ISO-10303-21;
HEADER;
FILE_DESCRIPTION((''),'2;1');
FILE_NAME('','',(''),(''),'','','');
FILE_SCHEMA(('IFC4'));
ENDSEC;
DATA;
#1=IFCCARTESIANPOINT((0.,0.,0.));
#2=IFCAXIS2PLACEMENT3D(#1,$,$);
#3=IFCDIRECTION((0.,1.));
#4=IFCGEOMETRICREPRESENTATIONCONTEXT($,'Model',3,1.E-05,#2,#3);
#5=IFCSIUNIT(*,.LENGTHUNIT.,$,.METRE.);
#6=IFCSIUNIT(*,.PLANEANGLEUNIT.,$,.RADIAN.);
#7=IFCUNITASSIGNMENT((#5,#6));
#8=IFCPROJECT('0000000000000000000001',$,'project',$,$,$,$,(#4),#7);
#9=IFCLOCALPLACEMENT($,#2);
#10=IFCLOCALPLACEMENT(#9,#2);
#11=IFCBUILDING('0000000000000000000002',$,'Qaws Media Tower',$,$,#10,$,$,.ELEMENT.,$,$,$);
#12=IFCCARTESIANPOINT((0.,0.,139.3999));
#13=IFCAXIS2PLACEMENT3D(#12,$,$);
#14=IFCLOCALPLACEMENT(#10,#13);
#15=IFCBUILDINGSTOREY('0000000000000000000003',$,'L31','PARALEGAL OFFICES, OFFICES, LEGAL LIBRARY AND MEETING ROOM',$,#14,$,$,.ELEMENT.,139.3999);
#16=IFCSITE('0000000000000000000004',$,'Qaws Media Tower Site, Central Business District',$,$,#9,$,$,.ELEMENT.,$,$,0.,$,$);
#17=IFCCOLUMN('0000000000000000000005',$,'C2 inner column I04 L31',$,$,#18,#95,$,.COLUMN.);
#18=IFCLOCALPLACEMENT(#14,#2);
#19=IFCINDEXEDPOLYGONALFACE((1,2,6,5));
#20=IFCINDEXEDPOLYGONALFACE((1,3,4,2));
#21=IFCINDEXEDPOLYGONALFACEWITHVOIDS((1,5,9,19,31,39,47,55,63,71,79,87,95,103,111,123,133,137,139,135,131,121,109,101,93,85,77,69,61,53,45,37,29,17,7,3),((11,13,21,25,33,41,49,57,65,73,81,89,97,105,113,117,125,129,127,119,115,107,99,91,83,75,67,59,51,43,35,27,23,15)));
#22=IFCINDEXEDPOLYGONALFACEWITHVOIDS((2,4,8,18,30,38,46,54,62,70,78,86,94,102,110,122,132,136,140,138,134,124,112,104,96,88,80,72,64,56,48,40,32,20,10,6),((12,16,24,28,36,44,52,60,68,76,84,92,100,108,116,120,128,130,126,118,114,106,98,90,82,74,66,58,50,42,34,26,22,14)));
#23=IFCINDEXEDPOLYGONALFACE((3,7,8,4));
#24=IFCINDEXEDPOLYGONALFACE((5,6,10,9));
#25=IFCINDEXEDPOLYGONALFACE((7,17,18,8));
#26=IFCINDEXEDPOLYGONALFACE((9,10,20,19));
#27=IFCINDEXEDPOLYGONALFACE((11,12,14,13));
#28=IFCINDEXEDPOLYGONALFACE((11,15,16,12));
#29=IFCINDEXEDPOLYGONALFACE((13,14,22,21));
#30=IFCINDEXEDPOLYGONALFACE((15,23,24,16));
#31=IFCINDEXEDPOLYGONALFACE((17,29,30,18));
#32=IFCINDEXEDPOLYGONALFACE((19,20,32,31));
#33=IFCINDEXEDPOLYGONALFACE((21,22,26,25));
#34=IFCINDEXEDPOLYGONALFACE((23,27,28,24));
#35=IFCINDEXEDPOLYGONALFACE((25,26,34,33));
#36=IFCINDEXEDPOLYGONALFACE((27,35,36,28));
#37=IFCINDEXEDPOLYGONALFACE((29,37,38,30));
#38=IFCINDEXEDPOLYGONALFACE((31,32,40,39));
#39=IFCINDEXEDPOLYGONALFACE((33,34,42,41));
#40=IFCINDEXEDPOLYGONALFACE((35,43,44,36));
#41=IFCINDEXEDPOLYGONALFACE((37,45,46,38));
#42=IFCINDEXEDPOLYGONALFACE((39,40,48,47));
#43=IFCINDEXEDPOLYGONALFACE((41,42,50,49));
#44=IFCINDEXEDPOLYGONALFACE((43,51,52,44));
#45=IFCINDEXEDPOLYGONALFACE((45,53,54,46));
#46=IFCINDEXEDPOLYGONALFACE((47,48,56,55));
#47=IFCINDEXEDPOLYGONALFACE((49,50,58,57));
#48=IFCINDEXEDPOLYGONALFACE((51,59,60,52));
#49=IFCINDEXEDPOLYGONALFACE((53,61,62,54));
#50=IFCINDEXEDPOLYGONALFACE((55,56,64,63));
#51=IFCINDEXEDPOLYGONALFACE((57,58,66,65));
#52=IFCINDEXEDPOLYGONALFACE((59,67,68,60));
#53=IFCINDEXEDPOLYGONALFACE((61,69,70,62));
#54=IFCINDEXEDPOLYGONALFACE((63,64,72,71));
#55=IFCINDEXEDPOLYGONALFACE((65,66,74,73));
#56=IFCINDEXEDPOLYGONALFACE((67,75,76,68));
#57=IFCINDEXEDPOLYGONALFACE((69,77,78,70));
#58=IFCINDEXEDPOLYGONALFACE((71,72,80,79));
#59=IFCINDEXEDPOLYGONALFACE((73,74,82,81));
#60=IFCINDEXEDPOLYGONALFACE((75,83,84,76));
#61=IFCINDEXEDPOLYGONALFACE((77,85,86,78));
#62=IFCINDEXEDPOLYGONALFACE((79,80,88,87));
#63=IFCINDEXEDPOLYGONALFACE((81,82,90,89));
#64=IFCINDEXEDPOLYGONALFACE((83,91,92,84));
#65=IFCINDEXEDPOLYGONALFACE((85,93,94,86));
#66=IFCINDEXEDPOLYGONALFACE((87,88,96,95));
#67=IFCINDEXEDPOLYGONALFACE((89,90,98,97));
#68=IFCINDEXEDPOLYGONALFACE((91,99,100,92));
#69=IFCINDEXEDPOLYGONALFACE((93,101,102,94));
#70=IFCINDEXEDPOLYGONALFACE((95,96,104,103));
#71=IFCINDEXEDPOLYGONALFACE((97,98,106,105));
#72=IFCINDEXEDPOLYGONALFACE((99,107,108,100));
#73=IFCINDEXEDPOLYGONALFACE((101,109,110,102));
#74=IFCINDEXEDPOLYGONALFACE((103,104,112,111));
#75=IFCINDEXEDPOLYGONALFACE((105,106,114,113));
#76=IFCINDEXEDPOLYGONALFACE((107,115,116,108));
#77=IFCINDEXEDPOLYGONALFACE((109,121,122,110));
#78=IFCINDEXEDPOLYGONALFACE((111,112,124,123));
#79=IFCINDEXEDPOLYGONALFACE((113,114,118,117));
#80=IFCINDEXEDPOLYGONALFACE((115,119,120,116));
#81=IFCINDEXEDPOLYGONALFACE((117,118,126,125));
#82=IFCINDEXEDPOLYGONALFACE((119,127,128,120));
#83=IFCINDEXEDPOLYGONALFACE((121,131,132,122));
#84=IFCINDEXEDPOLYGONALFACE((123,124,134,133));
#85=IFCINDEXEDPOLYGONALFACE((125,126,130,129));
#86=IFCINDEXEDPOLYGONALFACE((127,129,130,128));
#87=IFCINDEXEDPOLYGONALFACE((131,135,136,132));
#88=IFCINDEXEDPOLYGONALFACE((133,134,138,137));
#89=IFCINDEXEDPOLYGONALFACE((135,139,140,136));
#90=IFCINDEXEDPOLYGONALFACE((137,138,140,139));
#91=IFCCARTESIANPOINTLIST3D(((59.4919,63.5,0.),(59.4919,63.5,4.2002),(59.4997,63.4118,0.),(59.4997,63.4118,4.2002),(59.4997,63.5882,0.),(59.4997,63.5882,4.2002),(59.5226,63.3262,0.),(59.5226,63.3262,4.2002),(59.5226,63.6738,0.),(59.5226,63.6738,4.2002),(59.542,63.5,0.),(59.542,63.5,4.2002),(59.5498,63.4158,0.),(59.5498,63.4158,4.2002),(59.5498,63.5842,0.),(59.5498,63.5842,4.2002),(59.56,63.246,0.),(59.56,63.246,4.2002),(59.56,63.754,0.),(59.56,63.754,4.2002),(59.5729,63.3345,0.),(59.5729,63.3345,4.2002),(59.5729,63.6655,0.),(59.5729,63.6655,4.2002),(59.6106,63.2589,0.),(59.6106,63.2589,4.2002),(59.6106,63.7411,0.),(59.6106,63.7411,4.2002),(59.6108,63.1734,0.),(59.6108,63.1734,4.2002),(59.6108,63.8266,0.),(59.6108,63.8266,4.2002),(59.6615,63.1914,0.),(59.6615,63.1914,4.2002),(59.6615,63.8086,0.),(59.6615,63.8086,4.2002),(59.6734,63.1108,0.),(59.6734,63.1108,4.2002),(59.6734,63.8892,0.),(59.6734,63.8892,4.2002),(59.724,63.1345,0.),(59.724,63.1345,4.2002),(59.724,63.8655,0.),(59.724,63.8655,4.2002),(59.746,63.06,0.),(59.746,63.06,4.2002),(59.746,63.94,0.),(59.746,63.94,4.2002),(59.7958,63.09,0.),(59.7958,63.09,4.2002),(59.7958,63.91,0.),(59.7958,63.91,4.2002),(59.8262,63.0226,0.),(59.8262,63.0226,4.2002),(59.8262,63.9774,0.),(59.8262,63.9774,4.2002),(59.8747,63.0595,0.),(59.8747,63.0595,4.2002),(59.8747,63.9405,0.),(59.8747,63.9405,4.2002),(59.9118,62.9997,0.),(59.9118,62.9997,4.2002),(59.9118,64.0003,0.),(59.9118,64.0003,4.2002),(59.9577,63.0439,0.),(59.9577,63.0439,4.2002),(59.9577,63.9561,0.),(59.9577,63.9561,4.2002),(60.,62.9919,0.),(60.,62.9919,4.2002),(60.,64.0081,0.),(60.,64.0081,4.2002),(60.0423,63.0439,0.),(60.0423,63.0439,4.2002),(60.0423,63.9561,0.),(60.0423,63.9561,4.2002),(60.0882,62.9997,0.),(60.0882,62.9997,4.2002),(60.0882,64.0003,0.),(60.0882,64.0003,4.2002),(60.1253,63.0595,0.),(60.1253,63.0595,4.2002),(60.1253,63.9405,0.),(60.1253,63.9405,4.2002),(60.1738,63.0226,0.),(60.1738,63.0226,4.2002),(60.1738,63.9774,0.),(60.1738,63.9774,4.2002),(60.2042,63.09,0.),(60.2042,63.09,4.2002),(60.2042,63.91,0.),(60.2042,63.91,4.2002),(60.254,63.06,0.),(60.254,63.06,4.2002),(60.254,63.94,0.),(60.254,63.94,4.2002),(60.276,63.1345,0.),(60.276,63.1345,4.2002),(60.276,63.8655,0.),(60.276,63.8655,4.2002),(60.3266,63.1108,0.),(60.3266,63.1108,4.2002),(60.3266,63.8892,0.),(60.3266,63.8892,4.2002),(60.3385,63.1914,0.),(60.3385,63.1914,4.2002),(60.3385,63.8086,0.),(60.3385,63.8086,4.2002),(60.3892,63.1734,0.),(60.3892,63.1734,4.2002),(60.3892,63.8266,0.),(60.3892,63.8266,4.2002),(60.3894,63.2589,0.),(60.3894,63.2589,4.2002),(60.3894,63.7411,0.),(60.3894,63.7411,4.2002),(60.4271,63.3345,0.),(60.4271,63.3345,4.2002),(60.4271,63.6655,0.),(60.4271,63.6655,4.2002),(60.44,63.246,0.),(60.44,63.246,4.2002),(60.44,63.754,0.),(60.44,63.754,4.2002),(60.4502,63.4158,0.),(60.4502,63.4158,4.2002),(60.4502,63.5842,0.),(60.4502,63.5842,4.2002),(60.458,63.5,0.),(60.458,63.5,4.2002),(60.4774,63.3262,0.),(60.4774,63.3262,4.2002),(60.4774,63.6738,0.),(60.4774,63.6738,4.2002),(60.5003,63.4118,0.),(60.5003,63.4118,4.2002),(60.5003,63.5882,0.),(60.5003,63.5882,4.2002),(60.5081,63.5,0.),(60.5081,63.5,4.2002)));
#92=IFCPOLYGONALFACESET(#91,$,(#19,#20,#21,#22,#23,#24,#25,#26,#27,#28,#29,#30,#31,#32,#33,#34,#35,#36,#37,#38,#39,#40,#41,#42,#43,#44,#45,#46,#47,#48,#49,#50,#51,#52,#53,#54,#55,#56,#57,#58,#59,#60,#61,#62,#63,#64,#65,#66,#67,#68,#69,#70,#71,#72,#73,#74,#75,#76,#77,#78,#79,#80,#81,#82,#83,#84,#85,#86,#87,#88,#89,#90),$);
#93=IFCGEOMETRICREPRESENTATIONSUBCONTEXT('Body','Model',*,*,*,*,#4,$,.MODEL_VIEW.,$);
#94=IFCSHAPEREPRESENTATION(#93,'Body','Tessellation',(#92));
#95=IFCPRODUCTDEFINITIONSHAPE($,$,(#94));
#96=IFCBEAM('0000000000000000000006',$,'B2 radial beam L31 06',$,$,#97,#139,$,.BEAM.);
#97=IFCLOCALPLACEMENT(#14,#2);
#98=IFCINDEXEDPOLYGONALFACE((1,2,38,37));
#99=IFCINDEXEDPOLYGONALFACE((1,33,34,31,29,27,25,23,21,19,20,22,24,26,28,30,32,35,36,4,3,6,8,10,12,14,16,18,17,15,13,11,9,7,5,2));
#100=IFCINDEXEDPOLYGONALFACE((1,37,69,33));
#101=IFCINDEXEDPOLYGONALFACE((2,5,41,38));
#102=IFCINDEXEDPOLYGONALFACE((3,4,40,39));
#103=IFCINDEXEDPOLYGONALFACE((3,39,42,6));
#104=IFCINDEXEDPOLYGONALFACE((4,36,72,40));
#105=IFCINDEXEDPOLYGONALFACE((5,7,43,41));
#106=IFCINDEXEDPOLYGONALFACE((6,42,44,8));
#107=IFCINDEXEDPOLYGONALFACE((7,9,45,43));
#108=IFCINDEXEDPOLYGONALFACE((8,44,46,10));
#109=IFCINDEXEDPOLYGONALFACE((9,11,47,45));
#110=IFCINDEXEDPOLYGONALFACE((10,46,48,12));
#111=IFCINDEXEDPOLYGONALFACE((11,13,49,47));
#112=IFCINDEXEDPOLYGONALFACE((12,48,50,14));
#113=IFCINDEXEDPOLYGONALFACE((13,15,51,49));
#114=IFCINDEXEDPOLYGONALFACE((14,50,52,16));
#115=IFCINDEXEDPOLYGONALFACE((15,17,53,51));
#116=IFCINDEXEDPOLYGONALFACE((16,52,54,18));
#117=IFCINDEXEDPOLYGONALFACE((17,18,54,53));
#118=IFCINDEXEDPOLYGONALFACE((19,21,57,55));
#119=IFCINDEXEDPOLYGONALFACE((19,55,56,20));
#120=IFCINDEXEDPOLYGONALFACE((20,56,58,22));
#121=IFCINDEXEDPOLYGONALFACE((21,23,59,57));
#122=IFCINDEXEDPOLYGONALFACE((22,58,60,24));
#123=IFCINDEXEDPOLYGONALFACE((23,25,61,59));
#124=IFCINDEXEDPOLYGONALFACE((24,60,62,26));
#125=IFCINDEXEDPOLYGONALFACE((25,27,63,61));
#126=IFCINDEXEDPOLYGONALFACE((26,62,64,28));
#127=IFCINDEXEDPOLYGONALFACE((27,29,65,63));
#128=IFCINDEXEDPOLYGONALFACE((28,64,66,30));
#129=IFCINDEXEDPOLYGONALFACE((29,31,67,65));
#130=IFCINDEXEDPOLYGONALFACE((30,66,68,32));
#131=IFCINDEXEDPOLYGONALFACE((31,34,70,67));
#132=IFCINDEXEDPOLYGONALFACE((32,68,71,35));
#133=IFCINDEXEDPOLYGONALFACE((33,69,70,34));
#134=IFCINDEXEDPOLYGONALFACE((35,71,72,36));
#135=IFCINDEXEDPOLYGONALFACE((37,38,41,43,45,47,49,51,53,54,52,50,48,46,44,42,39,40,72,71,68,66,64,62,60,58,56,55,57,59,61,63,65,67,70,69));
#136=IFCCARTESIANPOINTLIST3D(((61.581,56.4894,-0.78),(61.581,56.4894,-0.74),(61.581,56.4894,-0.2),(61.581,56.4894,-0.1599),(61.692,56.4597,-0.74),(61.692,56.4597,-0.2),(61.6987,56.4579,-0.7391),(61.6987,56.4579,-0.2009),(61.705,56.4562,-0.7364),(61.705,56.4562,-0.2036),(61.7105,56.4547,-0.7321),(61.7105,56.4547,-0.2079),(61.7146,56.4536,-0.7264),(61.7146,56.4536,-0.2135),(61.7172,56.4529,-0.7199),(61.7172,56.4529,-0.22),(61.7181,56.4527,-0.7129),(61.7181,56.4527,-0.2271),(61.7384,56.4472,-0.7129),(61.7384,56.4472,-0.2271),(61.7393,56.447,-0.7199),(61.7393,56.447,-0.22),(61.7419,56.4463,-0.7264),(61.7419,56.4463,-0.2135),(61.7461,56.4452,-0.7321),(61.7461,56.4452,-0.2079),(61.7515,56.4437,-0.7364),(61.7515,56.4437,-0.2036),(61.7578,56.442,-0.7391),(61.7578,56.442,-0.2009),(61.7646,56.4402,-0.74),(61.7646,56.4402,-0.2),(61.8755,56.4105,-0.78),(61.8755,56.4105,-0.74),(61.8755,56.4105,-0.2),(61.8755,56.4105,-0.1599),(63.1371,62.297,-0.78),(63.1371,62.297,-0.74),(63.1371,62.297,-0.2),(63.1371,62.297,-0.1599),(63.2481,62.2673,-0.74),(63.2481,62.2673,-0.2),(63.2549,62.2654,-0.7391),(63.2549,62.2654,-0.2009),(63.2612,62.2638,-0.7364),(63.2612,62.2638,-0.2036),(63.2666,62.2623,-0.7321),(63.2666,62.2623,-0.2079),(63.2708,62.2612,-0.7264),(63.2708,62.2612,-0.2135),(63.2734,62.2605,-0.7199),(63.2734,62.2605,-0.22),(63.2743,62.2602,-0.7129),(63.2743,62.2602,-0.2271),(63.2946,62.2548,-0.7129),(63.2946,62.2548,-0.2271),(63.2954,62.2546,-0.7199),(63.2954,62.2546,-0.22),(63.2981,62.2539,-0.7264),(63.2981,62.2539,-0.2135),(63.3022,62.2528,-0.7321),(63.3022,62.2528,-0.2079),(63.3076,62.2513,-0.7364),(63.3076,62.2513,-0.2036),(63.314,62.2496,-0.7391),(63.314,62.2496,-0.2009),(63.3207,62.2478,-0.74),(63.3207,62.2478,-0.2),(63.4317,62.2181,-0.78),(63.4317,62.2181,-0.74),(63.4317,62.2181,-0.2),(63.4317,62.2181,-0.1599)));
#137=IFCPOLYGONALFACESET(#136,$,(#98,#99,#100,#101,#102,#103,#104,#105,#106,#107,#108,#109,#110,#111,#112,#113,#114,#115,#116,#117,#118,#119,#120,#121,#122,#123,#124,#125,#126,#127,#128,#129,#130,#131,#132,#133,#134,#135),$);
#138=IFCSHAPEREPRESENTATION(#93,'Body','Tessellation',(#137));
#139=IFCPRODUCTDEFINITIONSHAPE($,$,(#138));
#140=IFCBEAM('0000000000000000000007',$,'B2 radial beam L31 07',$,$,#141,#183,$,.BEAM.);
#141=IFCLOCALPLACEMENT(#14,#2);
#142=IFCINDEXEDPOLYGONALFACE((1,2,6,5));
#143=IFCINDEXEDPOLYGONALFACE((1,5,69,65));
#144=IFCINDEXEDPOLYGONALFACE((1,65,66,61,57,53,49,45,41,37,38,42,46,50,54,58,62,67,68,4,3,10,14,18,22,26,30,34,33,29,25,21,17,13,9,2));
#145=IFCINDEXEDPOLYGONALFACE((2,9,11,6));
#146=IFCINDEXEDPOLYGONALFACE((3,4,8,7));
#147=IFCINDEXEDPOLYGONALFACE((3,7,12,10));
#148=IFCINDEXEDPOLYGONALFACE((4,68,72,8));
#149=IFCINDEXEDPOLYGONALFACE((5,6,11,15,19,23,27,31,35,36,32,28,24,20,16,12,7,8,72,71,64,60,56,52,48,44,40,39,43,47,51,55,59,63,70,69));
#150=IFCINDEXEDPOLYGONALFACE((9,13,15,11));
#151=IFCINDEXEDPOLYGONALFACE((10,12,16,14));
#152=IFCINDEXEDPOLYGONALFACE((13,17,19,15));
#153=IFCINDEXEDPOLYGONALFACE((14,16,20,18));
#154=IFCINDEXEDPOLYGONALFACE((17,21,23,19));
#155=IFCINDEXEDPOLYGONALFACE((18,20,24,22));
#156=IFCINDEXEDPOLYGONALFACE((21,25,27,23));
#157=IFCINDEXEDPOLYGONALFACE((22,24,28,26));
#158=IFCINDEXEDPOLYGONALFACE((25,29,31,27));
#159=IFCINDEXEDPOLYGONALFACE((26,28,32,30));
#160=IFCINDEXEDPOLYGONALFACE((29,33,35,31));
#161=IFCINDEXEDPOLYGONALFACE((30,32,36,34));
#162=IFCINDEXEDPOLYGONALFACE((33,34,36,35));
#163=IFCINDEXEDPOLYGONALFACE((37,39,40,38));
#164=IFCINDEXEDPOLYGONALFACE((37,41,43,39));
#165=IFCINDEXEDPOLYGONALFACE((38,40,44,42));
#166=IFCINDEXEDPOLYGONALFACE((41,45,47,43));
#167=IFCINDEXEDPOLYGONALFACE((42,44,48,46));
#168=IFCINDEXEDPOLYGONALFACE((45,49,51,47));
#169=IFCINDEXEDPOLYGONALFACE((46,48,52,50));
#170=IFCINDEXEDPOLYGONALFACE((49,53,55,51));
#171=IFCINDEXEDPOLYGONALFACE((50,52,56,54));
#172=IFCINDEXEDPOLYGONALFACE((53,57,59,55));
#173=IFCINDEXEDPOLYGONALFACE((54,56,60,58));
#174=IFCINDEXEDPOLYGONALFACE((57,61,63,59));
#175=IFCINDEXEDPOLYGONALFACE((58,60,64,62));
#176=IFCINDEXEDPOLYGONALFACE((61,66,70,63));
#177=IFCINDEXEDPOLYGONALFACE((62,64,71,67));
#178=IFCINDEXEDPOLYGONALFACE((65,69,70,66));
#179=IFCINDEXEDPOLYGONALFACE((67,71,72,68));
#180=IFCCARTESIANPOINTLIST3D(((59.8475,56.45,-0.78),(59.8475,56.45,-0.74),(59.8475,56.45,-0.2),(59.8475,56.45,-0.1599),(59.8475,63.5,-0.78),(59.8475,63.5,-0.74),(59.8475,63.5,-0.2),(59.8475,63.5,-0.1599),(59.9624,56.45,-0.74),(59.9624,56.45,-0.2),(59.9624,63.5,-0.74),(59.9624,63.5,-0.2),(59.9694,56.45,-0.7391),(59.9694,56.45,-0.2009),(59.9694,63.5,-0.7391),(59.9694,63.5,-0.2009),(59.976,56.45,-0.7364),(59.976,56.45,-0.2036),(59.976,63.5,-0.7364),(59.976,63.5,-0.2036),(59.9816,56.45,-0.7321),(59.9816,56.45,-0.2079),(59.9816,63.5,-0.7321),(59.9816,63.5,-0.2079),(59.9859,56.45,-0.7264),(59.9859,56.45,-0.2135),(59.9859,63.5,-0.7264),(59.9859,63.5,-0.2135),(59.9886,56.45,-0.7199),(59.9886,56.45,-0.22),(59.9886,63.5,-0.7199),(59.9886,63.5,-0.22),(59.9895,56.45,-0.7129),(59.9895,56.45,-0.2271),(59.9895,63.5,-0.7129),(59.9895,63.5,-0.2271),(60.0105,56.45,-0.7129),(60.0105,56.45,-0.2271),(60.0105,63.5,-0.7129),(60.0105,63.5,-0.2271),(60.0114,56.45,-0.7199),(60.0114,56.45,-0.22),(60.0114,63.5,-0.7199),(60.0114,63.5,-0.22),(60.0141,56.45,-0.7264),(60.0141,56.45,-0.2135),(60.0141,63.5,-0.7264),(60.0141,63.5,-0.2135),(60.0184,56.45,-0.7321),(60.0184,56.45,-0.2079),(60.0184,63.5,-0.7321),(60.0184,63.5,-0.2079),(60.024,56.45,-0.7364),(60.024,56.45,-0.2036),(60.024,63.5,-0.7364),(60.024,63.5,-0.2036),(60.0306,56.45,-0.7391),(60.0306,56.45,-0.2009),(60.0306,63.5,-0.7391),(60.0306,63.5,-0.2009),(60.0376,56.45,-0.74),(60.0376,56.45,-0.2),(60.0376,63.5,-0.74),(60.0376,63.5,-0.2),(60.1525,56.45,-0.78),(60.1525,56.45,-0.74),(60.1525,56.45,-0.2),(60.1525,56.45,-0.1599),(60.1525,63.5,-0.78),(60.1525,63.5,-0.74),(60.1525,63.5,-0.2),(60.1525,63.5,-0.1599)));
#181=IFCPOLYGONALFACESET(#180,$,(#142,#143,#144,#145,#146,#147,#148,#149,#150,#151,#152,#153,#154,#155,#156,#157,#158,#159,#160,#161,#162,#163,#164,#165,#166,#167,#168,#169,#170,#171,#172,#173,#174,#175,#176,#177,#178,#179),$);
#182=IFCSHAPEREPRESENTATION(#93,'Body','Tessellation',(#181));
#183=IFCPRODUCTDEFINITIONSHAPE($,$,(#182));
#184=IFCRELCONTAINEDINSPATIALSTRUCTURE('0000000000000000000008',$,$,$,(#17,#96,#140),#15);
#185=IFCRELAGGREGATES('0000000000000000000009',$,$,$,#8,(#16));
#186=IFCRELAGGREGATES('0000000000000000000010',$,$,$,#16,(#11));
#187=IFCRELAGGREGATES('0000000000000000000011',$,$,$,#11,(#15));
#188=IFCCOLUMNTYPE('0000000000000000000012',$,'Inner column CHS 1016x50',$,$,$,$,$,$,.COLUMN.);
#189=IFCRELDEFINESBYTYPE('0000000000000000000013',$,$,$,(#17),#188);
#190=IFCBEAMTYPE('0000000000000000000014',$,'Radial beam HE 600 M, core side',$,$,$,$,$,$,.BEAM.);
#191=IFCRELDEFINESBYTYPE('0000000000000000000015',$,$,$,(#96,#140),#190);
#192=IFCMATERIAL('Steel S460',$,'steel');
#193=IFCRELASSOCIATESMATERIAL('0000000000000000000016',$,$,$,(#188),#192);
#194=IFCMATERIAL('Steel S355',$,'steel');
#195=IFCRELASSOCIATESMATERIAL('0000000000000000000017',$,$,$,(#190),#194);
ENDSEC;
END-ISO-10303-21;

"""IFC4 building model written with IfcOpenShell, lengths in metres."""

from ifc_helpers import new_model, si_unit, direction, frame, origin, origin_2d, place, context, subcontext, project, spatial, hollow_circle, i_section, extrude, material, material_profile, profile_set, type_object, element, save


model = new_model("IFC4")

# Units and contexts
model_context = context("Model", 3, precision=1e-05, world=origin(), true_north=direction((0.0, 1.0)))
body_context = subcontext(model_context, "Body", "Model", "MODEL_VIEW")
ifc_project = project(units=[si_unit("LENGTHUNIT", "METRE"), si_unit("PLANEANGLEUNIT", "RADIAN")], contexts=[model_context])

# Site, building, storey
site_placement = place(None, origin())
site = spatial("IfcSite", under=ifc_project, at=site_placement, Name="Qaws Media Tower Site, Central Business District", CompositionType="ELEMENT", RefElevation=0.0)
building_placement = place(site_placement, origin())
building = spatial("IfcBuilding", under=site, at=building_placement, Name="Qaws Media Tower", CompositionType="ELEMENT")
storey_placement = place(building_placement, frame((0.0, 0.0, 139.3999)))
storey = spatial("IfcBuildingStorey", under=building, at=storey_placement, Name="L31", Description="PARALEGAL OFFICES, OFFICES, LEGAL LIBRARY AND MEETING ROOM", CompositionType="ELEMENT", Elevation=139.3999)

# Column
ifc_material_1 = material(Name="Steel S460", Category="steel")
ifc_material_profile_1 = material_profile(ifc_material_1, hollow_circle(Radius=0.5081, WallThickness=0.05, at=origin_2d()), Name="CHS 1016x50")
ifc_profile_set_1 = profile_set([ifc_material_profile_1], Name="Steel S460")
column_type = type_object("IfcColumnType", Name="Inner column CHS 1016x50", PredefinedType="COLUMN", material=ifc_profile_set_1)
column_placement = place(storey_placement, frame((60.0, 63.5, 0.0), z_axis=(0.0, 0.0, 1.0), x_axis=(1.0, 0.0, 0.0)))
element("IfcColumn", 1, at=column_placement, inside=storey, type_object=column_type, Name="C2 inner column I04 L31", PredefinedType="COLUMN", context=body_context, shape_type="SweptSolid", body=[
    extrude(hollow_circle(Radius=0.5081, WallThickness=0.05, at=origin_2d()), origin(), (0.0, 0.0, 1.0), 4.2002),
])

# Beams
ifc_material_2 = material(Name="Steel S355", Category="steel")
ifc_material_profile_2 = material_profile(ifc_material_2, i_section(OverallWidth=0.3049, OverallDepth=0.6201, WebThickness=0.021, FlangeThickness=0.04, FilletRadius=0.0271, at=origin_2d()), Name="HE 600 M")
ifc_profile_set_2 = profile_set([ifc_material_profile_2], Name="Steel S355")
beam_type_1 = type_object("IfcBeamType", Name="Radial beam HE 600 M, core side", PredefinedType="BEAM", material=ifc_profile_set_2)
beam_1_placement = place(storey_placement, frame((61.7283, 56.45, -0.47), z_axis=(0.25882, 0.965926, 0.0), x_axis=(-0.965926, 0.25882, 0.0)))
element("IfcBeam", 2, at=beam_1_placement, inside=storey, type_object=beam_type_1, Name="B2 radial beam L31 06", PredefinedType="BEAM", context=body_context, shape_type="SweptSolid", body=[
    extrude(i_section(OverallWidth=0.3049, OverallDepth=0.6201, WebThickness=0.021, FlangeThickness=0.04, FilletRadius=0.0271, at=origin_2d()), origin(), (0.0, 0.0, 1.0), 6.0125),
])
beam_2_placement = place(storey_placement, frame((60.0, 56.45, -0.47), z_axis=(0.0, 1.0, 0.0), x_axis=(-1.0, 0.0, 0.0)))
element("IfcBeam", 3, at=beam_2_placement, inside=storey, type_object=beam_type_1, Name="B2 radial beam L31 07", PredefinedType="BEAM", context=body_context, shape_type="SweptSolid", body=[
    extrude(i_section(OverallWidth=0.3049, OverallDepth=0.6201, WebThickness=0.021, FlangeThickness=0.04, FilletRadius=0.0271, at=origin_2d()), origin(), (0.0, 0.0, 1.0), 7.05),
])

save(model, "model.ifc")
